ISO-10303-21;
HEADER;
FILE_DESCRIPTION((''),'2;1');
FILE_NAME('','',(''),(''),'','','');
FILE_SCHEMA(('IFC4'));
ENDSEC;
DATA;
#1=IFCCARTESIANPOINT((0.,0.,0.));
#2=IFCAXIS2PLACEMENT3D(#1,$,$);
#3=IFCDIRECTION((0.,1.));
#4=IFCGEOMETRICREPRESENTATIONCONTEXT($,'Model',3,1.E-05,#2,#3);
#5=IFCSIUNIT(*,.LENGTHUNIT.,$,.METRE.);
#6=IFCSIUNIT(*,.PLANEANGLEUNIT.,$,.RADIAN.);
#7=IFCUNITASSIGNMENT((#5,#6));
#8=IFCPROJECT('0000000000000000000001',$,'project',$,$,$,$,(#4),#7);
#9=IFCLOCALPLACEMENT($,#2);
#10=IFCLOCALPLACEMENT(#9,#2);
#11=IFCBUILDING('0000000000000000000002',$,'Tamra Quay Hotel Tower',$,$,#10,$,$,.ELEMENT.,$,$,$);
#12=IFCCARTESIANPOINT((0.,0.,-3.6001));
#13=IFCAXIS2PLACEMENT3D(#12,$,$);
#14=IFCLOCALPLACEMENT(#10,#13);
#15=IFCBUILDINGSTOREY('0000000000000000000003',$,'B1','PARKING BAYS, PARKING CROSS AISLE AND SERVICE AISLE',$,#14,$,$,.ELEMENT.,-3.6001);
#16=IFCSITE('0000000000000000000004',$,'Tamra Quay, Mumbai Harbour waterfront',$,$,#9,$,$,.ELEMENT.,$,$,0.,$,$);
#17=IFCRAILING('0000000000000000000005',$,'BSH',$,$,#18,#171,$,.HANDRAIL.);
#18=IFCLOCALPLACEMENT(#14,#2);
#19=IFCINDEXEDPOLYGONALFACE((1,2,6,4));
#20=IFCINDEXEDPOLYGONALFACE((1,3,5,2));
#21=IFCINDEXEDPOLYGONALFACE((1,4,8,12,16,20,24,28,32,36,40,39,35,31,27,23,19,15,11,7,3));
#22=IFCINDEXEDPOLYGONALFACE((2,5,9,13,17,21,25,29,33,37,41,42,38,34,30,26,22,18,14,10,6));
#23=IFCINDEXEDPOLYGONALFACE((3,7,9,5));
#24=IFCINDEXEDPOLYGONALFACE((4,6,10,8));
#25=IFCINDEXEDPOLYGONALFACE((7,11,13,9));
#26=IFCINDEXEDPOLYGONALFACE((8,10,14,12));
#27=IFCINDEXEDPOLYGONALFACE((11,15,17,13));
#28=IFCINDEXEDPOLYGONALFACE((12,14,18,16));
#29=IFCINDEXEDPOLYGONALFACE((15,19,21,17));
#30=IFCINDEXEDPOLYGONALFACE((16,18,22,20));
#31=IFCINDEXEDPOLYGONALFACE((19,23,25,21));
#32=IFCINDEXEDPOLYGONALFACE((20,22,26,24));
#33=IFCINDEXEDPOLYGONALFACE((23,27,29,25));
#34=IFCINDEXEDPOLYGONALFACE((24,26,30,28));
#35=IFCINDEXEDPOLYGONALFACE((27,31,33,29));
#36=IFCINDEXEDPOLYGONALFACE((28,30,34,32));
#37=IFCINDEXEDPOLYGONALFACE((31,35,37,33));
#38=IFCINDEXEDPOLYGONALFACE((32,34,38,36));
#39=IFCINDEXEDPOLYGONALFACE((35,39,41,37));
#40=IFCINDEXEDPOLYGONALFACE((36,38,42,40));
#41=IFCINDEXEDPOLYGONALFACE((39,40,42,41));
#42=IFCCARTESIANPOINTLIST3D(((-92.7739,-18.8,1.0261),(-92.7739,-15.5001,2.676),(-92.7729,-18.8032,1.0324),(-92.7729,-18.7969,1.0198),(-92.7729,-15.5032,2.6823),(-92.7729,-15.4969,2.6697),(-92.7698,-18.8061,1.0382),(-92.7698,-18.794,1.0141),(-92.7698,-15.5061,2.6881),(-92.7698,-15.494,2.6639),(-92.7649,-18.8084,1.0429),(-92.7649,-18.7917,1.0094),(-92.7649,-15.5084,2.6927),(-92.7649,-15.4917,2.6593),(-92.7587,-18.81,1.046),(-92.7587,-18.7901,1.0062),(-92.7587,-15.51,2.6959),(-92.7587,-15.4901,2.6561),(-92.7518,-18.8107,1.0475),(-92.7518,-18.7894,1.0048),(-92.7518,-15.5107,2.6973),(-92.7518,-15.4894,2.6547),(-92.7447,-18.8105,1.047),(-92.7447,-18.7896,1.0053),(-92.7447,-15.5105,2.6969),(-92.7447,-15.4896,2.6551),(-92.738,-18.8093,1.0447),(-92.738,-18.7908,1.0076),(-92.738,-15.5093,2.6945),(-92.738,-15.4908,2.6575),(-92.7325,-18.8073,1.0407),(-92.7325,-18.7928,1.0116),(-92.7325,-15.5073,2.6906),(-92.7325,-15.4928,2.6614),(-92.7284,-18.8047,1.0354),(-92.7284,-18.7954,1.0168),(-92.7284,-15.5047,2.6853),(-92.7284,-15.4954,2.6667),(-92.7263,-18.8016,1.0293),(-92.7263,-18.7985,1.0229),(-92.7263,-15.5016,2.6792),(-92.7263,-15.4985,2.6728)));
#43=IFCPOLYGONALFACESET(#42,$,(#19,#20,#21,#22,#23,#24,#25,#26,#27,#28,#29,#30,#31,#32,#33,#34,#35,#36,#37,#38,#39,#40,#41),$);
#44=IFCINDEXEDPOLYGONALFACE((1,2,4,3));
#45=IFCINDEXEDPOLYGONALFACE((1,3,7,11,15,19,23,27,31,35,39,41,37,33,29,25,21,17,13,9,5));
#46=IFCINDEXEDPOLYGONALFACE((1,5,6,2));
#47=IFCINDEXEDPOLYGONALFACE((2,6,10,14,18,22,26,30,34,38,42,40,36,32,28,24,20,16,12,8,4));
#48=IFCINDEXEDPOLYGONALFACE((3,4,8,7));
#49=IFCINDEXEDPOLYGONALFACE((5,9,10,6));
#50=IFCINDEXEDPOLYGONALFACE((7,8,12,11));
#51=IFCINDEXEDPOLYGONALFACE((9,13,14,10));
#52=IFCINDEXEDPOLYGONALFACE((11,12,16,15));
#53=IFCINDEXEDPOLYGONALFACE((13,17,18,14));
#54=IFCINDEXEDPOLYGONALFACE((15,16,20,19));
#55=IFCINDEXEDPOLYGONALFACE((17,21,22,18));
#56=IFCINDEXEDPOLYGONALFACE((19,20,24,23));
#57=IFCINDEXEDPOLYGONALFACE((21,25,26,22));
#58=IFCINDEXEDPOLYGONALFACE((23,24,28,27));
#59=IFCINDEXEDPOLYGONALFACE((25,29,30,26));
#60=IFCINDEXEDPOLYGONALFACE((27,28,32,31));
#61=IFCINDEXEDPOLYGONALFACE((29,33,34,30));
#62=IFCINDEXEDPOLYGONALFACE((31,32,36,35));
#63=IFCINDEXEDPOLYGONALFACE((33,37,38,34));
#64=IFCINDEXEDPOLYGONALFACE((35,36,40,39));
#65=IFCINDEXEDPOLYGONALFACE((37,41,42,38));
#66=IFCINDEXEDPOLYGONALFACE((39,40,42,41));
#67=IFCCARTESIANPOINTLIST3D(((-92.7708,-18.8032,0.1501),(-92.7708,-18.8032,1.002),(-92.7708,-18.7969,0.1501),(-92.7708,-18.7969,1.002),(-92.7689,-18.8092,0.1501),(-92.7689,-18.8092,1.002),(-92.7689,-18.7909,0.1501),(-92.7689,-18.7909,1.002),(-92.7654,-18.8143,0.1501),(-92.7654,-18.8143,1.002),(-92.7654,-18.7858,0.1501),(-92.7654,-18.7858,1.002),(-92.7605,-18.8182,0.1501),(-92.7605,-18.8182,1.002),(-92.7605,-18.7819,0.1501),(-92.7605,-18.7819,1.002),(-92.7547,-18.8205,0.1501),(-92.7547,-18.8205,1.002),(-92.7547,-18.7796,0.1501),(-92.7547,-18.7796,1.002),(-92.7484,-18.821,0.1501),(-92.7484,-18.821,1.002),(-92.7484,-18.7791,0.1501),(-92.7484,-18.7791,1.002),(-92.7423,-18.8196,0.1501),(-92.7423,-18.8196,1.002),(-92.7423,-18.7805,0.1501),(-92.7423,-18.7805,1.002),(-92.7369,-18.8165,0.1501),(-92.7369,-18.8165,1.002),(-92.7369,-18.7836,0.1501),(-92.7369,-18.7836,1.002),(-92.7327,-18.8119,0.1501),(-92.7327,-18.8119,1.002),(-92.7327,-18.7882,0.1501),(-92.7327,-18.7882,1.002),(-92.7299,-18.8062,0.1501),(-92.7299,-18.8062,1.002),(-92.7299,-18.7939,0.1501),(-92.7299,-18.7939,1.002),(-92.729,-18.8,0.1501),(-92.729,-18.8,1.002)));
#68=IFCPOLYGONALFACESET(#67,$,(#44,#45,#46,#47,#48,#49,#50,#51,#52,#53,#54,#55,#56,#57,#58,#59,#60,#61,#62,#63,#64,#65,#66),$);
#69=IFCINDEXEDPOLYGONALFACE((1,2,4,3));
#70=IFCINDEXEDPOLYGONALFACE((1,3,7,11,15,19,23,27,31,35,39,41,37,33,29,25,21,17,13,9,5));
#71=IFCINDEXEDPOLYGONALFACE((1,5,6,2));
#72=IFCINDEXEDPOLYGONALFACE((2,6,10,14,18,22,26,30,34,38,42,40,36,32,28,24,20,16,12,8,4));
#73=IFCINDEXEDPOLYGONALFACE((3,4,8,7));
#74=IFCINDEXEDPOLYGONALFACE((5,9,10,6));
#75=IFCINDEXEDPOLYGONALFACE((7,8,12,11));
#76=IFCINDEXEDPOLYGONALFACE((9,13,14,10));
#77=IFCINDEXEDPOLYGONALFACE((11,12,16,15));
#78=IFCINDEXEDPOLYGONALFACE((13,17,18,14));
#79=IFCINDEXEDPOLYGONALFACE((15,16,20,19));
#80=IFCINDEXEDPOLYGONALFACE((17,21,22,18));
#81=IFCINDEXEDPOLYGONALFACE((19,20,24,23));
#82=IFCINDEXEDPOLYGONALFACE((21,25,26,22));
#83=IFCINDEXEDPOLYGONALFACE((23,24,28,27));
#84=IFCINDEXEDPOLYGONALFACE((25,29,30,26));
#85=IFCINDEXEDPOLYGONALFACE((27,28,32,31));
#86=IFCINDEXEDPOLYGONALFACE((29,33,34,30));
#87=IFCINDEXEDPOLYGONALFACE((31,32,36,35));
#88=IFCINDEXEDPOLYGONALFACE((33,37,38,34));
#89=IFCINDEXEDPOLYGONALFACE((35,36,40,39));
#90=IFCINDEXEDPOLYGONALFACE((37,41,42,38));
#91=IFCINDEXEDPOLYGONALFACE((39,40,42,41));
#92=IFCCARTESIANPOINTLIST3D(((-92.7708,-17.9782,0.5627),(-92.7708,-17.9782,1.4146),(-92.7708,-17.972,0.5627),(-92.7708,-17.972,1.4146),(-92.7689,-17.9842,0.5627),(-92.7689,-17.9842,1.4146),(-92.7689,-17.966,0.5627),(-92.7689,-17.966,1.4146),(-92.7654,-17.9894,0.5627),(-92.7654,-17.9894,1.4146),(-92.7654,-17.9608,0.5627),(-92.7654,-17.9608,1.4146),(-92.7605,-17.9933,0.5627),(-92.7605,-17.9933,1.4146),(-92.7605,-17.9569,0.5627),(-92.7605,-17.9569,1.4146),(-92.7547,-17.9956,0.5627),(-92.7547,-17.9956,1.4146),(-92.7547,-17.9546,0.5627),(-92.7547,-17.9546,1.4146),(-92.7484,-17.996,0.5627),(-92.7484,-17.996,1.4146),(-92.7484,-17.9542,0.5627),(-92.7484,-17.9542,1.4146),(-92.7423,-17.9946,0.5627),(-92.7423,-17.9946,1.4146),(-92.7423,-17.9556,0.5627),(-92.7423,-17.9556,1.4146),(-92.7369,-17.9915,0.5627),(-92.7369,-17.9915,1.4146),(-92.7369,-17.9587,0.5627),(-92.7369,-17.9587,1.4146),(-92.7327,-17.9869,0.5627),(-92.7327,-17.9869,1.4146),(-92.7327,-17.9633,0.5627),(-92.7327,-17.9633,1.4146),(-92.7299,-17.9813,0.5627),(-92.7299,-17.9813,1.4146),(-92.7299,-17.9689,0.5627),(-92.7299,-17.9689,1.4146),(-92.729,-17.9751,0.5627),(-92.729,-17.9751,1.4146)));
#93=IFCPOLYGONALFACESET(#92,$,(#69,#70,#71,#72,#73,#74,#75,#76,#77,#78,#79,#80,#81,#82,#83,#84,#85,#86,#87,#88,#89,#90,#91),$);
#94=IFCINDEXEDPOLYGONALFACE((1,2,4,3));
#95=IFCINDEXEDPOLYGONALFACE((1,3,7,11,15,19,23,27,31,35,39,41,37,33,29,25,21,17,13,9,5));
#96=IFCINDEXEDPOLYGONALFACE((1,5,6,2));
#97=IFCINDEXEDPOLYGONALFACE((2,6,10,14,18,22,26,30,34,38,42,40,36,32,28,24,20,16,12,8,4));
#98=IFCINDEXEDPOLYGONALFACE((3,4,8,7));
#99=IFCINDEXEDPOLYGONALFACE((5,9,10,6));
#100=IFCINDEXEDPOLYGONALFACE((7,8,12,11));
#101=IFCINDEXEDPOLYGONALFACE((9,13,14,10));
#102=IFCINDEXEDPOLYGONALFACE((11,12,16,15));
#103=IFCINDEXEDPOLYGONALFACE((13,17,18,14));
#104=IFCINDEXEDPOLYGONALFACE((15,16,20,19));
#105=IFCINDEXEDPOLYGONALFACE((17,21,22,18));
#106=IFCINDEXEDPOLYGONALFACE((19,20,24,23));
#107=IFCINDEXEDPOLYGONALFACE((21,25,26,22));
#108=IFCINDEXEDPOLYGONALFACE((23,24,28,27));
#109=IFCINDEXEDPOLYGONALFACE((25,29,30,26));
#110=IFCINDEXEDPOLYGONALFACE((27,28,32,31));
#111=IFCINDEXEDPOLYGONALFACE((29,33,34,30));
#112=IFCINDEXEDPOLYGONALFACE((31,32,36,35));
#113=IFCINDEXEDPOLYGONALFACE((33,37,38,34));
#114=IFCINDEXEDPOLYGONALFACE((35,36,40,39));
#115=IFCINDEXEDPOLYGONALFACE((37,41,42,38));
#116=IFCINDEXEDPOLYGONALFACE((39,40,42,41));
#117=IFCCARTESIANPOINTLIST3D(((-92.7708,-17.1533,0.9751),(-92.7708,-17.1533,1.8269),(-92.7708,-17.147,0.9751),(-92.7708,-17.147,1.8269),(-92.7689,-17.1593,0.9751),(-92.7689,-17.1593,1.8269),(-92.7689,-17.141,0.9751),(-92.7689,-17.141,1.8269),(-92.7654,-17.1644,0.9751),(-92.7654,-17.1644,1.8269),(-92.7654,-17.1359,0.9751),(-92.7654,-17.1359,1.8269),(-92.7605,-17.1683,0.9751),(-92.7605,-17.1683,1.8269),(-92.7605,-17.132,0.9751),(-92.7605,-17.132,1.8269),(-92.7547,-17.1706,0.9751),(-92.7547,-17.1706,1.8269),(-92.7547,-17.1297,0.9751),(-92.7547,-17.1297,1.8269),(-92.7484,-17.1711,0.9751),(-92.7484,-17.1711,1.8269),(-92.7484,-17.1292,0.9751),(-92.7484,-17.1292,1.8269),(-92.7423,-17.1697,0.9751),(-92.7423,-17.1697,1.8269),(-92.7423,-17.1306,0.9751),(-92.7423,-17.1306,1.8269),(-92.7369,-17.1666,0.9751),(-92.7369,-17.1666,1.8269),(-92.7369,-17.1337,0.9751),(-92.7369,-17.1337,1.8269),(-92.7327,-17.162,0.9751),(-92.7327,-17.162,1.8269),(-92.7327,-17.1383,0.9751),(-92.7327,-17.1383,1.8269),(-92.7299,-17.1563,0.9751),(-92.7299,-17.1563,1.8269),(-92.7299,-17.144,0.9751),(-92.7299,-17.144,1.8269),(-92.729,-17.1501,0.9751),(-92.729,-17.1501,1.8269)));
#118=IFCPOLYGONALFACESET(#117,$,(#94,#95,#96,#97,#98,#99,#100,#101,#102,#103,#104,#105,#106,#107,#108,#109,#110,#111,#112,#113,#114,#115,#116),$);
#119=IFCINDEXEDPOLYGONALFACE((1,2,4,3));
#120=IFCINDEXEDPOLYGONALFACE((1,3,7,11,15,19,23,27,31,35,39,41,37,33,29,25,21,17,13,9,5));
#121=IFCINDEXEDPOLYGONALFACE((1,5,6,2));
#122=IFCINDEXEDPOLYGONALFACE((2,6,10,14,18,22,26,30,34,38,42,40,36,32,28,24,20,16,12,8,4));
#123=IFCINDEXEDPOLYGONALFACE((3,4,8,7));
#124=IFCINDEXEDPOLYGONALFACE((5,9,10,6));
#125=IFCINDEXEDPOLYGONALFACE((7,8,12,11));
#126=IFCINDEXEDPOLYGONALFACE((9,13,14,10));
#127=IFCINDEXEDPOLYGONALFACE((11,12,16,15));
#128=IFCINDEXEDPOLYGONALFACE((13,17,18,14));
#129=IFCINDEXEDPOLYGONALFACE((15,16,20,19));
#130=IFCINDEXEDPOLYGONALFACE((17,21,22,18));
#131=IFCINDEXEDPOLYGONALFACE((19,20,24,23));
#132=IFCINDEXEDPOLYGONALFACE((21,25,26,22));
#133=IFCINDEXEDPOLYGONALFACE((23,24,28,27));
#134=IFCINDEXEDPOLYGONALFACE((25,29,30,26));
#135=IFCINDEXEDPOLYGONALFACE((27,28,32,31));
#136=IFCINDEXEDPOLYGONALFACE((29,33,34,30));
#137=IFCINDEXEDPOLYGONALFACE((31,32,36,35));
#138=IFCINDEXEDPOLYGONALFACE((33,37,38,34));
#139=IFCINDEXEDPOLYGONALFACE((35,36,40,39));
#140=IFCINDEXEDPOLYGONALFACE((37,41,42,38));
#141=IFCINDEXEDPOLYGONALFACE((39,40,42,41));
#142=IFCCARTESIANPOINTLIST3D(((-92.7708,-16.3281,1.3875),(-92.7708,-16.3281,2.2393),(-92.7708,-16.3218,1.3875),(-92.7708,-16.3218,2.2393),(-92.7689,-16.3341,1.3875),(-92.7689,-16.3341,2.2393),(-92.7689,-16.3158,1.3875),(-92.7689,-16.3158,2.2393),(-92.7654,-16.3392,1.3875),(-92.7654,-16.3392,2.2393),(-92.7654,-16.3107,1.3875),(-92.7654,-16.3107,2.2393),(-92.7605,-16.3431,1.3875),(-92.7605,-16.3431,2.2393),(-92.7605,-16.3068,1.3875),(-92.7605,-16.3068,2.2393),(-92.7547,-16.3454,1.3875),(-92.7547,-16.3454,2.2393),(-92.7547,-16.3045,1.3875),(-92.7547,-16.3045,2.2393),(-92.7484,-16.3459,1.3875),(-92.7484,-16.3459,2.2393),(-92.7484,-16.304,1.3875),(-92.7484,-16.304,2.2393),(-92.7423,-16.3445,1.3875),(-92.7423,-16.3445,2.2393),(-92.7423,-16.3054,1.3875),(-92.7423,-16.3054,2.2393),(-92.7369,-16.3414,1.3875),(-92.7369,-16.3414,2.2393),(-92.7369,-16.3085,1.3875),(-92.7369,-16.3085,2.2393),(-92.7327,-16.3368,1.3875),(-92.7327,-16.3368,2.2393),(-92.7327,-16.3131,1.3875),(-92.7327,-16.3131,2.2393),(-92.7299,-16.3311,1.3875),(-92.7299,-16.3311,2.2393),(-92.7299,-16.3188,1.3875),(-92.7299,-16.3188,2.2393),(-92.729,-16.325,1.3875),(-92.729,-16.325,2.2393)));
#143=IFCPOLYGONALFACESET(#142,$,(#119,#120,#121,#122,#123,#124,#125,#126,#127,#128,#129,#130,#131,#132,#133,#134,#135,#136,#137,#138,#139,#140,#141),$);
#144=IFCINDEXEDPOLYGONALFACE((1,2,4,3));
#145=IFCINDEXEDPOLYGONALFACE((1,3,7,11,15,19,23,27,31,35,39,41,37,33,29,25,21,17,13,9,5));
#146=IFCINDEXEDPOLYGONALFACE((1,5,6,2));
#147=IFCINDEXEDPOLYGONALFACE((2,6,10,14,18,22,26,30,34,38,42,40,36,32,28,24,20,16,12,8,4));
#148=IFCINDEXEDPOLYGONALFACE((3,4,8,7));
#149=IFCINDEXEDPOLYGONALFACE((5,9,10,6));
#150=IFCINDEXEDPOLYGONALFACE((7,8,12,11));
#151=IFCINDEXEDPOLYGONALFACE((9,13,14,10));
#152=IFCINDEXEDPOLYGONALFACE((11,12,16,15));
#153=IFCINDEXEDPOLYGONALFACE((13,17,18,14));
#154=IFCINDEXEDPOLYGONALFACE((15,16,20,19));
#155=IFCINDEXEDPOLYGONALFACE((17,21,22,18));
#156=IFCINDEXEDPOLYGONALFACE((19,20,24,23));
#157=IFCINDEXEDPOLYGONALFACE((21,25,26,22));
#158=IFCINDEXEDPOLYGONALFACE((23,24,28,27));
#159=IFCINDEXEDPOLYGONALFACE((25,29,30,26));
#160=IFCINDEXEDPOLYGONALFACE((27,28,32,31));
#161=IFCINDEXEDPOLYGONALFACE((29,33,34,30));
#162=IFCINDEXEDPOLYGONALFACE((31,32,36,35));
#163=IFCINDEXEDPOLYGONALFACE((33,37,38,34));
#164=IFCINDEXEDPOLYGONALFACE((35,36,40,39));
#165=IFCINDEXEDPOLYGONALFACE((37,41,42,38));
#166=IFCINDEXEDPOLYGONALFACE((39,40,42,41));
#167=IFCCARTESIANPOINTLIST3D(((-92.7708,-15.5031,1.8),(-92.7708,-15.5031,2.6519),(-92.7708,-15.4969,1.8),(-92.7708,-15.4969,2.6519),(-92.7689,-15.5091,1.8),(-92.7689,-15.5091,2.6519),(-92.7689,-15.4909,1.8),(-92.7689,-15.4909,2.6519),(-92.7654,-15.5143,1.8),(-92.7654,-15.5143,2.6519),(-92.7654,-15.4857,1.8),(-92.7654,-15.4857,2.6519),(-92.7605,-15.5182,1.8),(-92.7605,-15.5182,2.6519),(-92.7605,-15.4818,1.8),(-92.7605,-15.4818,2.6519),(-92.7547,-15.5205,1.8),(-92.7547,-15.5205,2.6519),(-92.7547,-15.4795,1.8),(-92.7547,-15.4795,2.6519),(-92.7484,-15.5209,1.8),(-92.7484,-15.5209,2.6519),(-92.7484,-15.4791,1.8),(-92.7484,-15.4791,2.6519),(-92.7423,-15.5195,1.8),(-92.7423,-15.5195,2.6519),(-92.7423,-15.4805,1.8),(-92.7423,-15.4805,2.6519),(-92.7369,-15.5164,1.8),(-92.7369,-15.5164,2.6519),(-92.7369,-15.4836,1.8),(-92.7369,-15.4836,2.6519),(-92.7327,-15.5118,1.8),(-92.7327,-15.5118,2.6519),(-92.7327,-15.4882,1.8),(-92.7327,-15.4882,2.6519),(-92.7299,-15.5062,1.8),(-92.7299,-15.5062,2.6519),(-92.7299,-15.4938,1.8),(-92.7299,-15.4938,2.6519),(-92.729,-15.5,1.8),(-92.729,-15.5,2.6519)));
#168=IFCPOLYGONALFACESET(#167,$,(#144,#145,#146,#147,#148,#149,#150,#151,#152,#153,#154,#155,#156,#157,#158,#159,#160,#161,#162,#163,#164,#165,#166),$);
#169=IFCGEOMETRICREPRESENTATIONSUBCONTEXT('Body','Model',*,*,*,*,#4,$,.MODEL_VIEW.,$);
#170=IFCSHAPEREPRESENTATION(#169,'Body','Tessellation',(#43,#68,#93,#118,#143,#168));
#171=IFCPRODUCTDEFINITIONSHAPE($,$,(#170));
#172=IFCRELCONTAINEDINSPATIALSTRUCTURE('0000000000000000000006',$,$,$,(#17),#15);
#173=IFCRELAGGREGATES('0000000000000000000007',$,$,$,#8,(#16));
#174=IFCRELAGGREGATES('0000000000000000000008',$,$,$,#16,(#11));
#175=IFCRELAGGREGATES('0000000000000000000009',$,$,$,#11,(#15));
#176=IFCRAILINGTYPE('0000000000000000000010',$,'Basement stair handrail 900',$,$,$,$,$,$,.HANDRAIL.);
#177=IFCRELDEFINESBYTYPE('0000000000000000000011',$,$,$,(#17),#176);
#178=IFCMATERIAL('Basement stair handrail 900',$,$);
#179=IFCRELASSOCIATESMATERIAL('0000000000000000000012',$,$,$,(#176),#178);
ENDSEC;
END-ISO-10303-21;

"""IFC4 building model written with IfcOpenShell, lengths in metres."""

from ifc_helpers import new_model, si_unit, direction, frame, origin, origin_2d, place, context, subcontext, project, spatial, circle, extrude, material, type_object, element, save


model = new_model("IFC4")

# Units and contexts
model_context = context("Model", 3, precision=1e-05, world=origin(), true_north=direction((0.0, 1.0)))
body_context = subcontext(model_context, "Body", "Model", "MODEL_VIEW")
ifc_project = project(units=[si_unit("LENGTHUNIT", "METRE"), si_unit("PLANEANGLEUNIT", "RADIAN")], contexts=[model_context])

# Site, building, storey
site_placement = place(None, origin())
site = spatial("IfcSite", under=ifc_project, at=site_placement, Name="Tamra Quay, Mumbai Harbour waterfront", CompositionType="ELEMENT", RefElevation=0.0)
building_placement = place(site_placement, origin())
building = spatial("IfcBuilding", under=site, at=building_placement, Name="Tamra Quay Hotel Tower", CompositionType="ELEMENT")
storey_placement = place(building_placement, frame((0.0, 0.0, -3.6001)))
storey = spatial("IfcBuildingStorey", under=building, at=storey_placement, Name="B1", Description="PARKING BAYS, PARKING CROSS AISLE AND SERVICE AISLE", CompositionType="ELEMENT", Elevation=-3.6001)

# Railing
ifc_material_1 = material(Name="Basement stair handrail 900")
railing_type_1 = type_object("IfcRailingType", Name="Basement stair handrail 900", PredefinedType="HANDRAIL", material=ifc_material_1)
railing_1_placement = place(storey_placement, frame((-92.75, -18.8, 0.1501)))
element("IfcRailing", 1, at=railing_1_placement, inside=storey, type_object=railing_type_1, Name="BSH", PredefinedType="HANDRAIL", context=body_context, shape_type="SweptSolid", body=[
    extrude(circle(Radius=0.0239, at=origin_2d()), frame((0.0, 0.0, 0.876), z_axis=(0.0, 0.89444, 0.447187), x_axis=(-1.0, 0.0, 0.0)), (0.0, 0.0, 1.0), 3.6895),
    extrude(circle(Radius=0.021, at=origin_2d()), origin(), (0.0, 0.0, 1.0), 0.8518),
    extrude(circle(Radius=0.021, at=origin_2d()), frame((0.0, 0.825, 0.4126)), (0.0, 0.0, 1.0), 0.8518),
    extrude(circle(Radius=0.021, at=origin_2d()), frame((0.0, 1.6499, 0.825)), (0.0, 0.0, 1.0), 0.8518),
    extrude(circle(Radius=0.021, at=origin_2d()), frame((0.0, 2.4751, 1.2373)), (0.0, 0.0, 1.0), 0.8518),
    extrude(circle(Radius=0.021, at=origin_2d()), frame((0.0, 3.3, 1.6499)), (0.0, 0.0, 1.0), 0.8518),
])

save(model, "model.ifc")
